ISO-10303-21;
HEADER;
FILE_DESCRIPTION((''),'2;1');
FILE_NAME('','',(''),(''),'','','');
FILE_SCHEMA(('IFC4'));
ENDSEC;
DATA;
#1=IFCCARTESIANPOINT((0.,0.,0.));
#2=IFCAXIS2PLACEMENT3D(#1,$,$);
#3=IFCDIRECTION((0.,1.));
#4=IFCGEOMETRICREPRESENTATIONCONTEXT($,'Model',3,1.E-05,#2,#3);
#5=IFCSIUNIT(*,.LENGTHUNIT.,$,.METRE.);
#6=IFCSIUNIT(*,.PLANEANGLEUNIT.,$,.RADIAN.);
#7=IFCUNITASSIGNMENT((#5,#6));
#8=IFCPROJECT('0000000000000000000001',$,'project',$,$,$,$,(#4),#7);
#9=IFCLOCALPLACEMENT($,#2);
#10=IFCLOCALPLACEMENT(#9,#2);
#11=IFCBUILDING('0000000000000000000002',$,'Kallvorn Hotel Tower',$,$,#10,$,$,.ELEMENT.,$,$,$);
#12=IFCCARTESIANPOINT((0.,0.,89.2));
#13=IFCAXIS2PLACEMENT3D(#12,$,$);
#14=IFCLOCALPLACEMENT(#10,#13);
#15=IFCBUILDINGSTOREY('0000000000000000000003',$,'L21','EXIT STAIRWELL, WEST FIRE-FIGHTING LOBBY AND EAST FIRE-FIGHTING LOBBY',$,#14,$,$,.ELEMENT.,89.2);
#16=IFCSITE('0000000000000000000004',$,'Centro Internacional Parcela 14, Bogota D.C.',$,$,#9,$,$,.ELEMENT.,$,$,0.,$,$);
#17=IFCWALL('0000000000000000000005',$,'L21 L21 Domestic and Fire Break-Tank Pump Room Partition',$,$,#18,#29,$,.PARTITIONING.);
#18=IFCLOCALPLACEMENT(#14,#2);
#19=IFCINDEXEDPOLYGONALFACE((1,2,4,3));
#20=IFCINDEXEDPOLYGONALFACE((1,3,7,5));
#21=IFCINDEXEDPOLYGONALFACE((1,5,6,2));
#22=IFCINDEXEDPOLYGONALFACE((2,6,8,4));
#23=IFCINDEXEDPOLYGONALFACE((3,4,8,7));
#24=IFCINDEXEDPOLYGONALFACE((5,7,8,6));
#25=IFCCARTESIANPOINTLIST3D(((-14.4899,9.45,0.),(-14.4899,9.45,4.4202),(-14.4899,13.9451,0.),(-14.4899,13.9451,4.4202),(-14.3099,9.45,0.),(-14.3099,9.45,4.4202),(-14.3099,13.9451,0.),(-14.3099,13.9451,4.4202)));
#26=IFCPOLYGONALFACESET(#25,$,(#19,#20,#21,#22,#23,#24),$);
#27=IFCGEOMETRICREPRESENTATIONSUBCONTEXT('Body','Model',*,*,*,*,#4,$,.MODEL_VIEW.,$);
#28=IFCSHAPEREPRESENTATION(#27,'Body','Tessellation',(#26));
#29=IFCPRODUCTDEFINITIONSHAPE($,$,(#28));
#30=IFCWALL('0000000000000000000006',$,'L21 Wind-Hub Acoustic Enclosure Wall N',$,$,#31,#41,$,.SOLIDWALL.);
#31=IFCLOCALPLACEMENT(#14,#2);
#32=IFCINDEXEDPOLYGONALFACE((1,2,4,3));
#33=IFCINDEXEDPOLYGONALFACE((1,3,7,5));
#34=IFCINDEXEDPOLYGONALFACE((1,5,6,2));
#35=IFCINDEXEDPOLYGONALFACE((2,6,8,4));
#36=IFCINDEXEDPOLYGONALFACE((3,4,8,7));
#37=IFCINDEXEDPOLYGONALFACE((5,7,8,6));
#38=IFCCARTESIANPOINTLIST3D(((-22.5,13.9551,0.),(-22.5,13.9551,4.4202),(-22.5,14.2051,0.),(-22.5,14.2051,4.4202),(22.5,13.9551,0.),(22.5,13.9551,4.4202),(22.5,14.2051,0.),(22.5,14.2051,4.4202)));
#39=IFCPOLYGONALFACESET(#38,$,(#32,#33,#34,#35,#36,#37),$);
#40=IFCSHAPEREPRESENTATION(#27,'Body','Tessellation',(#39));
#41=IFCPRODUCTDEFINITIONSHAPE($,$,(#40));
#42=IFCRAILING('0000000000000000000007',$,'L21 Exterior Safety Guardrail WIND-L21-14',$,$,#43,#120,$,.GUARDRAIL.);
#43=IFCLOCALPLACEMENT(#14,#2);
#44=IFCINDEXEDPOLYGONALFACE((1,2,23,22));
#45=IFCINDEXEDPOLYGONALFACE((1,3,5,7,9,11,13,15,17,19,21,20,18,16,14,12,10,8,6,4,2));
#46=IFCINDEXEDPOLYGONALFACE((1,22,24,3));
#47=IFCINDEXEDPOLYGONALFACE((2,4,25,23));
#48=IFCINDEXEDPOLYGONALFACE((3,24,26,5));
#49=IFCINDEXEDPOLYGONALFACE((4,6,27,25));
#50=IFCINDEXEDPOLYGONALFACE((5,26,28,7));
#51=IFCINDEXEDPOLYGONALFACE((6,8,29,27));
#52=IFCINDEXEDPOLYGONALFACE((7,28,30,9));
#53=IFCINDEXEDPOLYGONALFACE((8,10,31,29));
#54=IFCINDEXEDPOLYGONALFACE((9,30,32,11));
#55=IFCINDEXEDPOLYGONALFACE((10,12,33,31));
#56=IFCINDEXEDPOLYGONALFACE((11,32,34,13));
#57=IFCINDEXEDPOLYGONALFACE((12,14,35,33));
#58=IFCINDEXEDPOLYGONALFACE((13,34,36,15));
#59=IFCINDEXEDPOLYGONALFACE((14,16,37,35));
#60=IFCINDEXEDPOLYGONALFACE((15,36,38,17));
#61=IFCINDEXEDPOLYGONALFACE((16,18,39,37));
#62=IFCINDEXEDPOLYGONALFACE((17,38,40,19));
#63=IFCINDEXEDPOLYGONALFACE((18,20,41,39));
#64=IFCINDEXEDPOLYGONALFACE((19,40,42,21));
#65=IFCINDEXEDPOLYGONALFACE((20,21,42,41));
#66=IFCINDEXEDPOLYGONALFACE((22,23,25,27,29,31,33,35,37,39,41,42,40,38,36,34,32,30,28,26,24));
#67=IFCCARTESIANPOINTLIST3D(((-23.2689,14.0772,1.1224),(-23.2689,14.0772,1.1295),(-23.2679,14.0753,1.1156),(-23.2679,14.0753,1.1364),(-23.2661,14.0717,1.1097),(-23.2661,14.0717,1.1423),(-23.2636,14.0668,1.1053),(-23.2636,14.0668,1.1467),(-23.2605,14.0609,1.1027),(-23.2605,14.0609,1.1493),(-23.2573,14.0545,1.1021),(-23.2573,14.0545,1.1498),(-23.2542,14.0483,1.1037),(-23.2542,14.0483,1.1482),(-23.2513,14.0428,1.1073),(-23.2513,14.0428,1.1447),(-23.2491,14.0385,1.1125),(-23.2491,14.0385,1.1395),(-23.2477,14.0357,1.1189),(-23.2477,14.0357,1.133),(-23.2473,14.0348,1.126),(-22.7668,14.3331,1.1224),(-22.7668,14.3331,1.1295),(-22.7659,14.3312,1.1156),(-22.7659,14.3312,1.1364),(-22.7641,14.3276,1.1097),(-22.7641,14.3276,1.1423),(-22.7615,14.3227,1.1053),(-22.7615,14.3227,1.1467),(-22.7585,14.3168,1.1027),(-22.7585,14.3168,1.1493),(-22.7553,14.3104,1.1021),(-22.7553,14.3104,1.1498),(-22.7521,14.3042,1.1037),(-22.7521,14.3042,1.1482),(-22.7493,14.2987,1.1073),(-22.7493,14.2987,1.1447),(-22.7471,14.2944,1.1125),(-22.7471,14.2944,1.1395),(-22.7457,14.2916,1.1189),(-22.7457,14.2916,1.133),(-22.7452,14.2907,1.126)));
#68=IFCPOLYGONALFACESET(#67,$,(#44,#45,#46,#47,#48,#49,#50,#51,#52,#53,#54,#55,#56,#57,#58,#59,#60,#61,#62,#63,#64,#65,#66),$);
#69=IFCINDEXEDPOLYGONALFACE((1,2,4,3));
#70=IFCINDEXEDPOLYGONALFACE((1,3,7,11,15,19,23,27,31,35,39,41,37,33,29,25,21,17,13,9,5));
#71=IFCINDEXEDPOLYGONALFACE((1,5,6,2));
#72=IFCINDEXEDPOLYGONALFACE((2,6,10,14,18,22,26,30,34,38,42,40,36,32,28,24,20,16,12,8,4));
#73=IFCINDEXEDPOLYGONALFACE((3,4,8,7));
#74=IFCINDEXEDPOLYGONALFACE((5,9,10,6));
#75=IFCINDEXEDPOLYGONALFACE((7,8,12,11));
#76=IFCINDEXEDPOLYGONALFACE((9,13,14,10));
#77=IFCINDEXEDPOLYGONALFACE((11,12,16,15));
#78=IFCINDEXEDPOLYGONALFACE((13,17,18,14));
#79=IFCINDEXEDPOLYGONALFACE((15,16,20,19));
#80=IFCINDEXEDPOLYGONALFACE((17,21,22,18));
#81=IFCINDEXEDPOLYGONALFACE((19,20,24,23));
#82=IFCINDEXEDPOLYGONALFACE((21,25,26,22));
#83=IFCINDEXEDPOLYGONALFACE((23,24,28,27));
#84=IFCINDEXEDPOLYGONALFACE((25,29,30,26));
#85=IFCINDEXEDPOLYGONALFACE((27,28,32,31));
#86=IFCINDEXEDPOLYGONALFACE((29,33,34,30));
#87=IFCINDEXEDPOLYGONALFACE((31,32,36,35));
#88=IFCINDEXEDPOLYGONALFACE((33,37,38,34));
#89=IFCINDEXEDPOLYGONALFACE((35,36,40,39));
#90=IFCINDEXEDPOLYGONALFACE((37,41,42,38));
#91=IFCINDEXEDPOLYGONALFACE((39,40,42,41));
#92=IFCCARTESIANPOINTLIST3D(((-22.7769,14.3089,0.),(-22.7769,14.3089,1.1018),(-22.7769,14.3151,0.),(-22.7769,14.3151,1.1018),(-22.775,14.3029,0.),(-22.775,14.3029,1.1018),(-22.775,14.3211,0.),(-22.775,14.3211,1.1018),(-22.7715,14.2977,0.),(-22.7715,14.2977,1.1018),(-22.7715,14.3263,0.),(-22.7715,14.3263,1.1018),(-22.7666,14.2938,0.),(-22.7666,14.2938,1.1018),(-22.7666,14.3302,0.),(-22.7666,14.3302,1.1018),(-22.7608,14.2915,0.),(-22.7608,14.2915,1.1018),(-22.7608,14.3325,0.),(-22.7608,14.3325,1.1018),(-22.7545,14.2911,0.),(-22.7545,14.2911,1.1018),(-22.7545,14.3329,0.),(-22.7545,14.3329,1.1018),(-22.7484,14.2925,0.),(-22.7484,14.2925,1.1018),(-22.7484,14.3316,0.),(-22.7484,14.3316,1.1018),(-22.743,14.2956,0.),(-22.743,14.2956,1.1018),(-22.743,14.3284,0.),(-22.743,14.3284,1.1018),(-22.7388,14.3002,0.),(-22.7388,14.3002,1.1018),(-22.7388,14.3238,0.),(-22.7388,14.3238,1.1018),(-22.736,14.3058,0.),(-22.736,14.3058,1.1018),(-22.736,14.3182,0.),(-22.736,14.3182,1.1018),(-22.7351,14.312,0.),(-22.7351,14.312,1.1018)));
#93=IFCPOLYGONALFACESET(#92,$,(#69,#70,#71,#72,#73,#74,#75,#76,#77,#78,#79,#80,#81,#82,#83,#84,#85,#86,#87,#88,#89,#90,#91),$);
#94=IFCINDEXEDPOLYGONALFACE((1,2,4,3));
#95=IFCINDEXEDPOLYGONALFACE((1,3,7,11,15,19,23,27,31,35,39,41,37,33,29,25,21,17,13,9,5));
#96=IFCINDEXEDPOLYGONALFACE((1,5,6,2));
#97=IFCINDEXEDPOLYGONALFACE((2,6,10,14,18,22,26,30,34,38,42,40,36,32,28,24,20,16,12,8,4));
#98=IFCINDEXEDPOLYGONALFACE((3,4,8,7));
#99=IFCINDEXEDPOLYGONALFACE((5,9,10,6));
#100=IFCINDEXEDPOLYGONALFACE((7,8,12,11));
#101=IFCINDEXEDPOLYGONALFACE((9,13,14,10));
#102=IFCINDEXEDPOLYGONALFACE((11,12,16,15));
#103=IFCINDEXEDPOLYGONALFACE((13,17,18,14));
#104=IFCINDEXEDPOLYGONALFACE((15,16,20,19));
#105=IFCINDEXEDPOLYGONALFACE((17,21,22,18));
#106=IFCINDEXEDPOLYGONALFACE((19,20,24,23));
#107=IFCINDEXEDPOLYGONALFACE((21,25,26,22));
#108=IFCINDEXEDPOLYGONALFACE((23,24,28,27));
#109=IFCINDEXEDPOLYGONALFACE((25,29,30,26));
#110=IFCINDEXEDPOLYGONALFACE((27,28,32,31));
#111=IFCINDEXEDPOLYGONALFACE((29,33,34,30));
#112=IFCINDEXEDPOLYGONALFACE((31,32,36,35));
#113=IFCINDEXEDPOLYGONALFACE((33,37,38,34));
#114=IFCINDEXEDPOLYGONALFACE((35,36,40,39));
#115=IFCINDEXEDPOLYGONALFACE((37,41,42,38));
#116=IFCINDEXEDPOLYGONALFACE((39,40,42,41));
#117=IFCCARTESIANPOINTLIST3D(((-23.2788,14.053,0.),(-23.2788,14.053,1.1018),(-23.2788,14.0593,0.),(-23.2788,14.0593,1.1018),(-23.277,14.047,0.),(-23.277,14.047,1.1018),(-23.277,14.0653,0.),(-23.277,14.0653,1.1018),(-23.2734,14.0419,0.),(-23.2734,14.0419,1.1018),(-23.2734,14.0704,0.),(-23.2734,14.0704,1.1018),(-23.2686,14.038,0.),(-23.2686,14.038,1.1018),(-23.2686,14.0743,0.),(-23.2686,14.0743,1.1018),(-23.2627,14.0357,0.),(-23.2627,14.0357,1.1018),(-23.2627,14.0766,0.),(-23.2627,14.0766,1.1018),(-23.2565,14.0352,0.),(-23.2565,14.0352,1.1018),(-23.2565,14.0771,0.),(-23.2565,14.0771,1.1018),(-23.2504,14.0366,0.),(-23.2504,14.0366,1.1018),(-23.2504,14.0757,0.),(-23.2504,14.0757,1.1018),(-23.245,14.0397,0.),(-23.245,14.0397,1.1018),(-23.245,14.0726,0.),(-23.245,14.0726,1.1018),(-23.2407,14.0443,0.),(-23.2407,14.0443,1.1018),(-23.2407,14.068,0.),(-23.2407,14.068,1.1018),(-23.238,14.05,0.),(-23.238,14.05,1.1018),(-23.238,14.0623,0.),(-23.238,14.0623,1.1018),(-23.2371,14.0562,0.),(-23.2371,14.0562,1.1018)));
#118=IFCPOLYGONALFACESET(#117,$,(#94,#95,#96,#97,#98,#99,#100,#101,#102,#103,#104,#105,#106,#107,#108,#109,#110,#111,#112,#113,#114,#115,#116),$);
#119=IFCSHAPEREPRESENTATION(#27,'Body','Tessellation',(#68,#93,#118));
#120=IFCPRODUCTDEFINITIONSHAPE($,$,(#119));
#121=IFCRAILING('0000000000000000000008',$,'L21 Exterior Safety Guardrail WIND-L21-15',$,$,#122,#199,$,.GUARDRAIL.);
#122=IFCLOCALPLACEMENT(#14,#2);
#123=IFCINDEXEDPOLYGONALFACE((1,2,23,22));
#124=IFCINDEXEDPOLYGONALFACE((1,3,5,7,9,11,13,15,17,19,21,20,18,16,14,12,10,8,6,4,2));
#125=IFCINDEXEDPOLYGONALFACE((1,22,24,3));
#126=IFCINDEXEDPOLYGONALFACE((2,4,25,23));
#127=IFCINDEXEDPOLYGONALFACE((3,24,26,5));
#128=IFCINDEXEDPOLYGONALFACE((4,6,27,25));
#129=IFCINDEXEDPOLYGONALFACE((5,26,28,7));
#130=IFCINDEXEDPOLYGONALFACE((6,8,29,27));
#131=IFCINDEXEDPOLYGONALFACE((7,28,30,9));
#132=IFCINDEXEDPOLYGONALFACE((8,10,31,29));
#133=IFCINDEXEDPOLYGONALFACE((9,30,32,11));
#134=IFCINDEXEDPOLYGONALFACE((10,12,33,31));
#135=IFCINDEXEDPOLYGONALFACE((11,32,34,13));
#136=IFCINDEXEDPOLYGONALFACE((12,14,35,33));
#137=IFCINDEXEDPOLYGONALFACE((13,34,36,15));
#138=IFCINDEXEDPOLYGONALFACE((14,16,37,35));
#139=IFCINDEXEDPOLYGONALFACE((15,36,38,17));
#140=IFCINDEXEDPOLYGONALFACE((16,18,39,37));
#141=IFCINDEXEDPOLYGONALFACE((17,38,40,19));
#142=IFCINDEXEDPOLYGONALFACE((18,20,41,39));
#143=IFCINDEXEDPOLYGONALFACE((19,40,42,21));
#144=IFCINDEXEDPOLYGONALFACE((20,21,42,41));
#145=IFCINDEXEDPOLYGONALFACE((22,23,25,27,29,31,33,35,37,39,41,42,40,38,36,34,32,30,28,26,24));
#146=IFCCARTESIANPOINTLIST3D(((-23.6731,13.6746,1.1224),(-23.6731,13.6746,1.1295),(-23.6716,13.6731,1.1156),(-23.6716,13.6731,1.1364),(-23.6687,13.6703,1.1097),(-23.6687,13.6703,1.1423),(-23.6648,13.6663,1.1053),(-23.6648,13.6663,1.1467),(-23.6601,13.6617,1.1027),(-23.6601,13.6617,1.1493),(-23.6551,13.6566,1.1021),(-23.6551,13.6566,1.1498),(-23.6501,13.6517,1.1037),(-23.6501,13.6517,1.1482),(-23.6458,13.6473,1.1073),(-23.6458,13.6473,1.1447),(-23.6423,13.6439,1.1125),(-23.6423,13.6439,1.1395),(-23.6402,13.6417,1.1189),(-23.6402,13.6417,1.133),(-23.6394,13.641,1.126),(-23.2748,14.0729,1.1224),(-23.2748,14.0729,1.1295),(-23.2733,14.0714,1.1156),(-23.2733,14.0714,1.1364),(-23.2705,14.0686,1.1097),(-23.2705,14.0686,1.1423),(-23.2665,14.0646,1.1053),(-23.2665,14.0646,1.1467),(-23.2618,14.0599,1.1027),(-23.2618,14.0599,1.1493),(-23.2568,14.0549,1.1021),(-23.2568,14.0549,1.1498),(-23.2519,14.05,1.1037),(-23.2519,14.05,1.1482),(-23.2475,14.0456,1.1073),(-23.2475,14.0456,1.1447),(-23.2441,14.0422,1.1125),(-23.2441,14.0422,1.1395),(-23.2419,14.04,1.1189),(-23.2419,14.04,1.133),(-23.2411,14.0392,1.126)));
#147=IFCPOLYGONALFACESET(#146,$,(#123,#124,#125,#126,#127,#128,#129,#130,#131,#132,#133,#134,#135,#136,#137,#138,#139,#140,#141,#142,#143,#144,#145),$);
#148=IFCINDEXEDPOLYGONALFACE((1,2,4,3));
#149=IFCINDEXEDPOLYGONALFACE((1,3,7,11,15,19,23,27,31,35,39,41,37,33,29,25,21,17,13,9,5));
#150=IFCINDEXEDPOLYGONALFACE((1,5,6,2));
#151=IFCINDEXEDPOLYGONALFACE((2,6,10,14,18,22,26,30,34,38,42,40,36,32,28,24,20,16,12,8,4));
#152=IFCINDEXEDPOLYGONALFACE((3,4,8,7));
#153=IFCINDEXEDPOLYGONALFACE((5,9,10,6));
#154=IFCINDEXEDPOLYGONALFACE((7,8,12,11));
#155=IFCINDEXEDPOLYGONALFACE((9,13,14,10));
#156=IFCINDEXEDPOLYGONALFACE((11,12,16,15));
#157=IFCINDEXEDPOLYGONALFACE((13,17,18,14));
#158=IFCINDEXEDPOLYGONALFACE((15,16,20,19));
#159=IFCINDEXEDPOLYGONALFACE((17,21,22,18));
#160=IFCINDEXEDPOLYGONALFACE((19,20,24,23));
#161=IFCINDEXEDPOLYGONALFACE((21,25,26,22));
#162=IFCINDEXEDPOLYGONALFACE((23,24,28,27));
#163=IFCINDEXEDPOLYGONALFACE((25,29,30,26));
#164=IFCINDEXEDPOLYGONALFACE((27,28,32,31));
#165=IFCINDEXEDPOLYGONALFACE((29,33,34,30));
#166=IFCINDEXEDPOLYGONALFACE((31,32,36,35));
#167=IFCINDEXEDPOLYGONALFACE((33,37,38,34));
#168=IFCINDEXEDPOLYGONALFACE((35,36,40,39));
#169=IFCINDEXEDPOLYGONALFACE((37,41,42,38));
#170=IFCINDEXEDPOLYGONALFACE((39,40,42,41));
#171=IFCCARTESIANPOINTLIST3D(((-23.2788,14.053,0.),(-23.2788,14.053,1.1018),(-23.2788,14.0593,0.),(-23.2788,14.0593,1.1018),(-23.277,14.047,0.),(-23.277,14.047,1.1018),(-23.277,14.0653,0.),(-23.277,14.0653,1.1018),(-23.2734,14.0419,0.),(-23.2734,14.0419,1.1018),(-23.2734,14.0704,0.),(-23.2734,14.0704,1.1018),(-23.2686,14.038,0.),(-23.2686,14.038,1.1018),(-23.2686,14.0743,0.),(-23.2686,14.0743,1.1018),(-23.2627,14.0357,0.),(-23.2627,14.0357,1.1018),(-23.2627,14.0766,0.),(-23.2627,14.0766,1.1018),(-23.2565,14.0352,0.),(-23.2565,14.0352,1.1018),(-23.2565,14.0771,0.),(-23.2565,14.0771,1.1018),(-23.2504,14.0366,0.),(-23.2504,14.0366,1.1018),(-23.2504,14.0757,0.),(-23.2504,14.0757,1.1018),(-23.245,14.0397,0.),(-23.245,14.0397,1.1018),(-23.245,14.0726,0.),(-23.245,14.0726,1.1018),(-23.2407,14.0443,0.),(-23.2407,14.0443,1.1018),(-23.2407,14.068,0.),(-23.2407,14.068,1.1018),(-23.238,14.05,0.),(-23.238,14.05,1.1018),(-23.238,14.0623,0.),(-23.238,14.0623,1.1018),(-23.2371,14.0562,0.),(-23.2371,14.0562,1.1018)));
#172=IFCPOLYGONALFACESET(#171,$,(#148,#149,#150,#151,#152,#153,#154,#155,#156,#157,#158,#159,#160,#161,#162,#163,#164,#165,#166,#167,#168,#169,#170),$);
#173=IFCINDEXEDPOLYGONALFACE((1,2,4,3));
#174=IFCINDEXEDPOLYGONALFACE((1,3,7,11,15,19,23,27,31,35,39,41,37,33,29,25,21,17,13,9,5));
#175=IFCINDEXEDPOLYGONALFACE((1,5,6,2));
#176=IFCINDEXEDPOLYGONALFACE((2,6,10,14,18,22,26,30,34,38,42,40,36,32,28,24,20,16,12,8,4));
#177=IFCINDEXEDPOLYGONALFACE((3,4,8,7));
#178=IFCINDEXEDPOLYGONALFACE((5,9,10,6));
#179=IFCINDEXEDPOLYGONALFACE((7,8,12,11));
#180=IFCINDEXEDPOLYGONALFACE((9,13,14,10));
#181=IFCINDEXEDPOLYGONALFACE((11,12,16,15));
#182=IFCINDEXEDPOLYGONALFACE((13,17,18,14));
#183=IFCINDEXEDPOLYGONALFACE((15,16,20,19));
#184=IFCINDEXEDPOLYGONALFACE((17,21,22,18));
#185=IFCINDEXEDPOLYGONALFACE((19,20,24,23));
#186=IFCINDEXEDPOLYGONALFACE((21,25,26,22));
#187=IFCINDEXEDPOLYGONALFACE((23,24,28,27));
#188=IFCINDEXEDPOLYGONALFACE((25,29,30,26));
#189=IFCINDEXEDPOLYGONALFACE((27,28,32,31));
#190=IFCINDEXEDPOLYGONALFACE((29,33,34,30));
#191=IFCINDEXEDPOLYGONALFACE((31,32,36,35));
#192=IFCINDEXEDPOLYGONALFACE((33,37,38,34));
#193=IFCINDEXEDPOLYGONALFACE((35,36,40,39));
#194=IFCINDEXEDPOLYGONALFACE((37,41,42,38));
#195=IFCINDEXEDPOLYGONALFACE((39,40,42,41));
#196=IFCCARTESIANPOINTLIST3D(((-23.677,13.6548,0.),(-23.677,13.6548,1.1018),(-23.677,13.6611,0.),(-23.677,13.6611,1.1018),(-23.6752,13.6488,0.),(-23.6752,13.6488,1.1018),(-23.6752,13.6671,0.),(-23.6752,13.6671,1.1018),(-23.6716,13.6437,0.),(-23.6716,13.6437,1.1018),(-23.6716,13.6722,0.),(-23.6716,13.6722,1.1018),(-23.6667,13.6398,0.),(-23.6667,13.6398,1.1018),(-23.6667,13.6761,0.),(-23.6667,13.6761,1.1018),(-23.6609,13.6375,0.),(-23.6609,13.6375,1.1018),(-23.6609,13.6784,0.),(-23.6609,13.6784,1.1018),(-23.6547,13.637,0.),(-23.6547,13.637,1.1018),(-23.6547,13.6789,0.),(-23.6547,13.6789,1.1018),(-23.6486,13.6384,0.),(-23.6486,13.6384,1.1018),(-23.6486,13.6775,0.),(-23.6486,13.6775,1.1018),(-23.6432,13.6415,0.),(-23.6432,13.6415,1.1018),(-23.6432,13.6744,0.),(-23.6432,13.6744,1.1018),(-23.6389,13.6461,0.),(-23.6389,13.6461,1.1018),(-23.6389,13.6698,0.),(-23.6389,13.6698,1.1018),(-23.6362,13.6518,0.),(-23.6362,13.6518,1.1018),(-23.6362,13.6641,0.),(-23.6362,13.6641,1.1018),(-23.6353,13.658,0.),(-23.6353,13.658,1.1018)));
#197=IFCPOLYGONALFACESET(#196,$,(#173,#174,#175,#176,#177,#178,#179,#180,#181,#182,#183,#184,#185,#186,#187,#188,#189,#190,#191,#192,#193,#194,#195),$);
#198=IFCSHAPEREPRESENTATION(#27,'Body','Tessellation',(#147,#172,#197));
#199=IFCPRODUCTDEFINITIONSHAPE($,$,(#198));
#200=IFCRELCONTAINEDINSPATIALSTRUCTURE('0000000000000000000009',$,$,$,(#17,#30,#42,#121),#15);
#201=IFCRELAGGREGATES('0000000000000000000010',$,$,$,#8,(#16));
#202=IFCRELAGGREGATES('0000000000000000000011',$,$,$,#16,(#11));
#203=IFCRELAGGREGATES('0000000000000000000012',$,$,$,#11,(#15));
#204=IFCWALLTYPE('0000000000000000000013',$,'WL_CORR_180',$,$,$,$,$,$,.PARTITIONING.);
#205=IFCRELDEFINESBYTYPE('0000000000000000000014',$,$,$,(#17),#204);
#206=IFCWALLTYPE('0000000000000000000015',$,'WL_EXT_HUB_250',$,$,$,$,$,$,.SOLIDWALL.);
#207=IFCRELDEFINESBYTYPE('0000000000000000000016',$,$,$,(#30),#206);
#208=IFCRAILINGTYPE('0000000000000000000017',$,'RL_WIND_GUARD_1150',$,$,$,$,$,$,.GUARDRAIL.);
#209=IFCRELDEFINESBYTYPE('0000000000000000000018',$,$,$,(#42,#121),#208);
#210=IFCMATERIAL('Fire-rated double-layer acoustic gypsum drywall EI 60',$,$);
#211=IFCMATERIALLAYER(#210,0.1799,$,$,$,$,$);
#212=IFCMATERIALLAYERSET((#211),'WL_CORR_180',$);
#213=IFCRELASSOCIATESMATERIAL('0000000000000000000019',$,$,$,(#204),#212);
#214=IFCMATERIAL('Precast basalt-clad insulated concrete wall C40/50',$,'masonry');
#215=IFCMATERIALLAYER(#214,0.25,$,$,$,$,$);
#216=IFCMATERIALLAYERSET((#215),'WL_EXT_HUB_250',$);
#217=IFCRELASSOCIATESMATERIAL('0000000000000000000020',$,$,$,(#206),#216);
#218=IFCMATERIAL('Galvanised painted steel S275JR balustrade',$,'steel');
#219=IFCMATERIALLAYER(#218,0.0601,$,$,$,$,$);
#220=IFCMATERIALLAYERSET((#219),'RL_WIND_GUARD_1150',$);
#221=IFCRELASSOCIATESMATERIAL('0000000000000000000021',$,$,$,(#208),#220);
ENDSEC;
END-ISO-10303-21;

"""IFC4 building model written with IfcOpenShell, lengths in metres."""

from ifc_helpers import new_model, si_unit, direction, frame, frame_2d, origin, origin_2d, place, context, subcontext, project, spatial, rectangle, circle, extrude, material, layer, layer_set, type_object, element, save


model = new_model("IFC4")

# Units and contexts
model_context = context("Model", 3, precision=1e-05, world=origin(), true_north=direction((0.0, 1.0)))
body_context = subcontext(model_context, "Body", "Model", "MODEL_VIEW")
ifc_project = project(units=[si_unit("LENGTHUNIT", "METRE"), si_unit("PLANEANGLEUNIT", "RADIAN")], contexts=[model_context])

# Site, building, storey
site_placement = place(None, origin())
site = spatial("IfcSite", under=ifc_project, at=site_placement, Name="Centro Internacional Parcela 14, Bogota D.C.", CompositionType="ELEMENT", RefElevation=0.0)
building_placement = place(site_placement, origin())
building = spatial("IfcBuilding", under=site, at=building_placement, Name="Kallvorn Hotel Tower", CompositionType="ELEMENT")
storey_placement = place(building_placement, frame((0.0, 0.0, 89.2)))
storey = spatial("IfcBuildingStorey", under=building, at=storey_placement, Name="L21", Description="EXIT STAIRWELL, WEST FIRE-FIGHTING LOBBY AND EAST FIRE-FIGHTING LOBBY", CompositionType="ELEMENT", Elevation=89.2)

# Walls
ifc_material_1 = material(Name="Fire-rated double-layer acoustic gypsum drywall EI 60")
ifc_layer_1 = layer(ifc_material_1, 0.1799)
ifc_layer_set_1 = layer_set([ifc_layer_1], Name="WL_CORR_180")
wall_type_1 = type_object("IfcWallType", Name="WL_CORR_180", PredefinedType="PARTITIONING", material=ifc_layer_set_1)
wall_1_placement = place(storey_placement, frame((-14.3999, 9.45, 0.0), z_axis=(0.0, 0.0, 1.0), x_axis=(0.0, 1.0, 0.0)))
element("IfcWall", 1, at=wall_1_placement, inside=storey, type_object=wall_type_1, Name="L21 L21 Domestic and Fire Break-Tank Pump Room Partition", PredefinedType="PARTITIONING", context=body_context, shape_type="SweptSolid", body=[
    extrude(rectangle(XDim=4.4951, YDim=0.1799, at=frame_2d((2.2476, 0.0))), origin(), (0.0, 0.0, 1.0), 4.4202),
])
ifc_material_2 = material(Name="Precast basalt-clad insulated concrete wall C40/50", Category="masonry")
ifc_layer_2 = layer(ifc_material_2, 0.25)
ifc_layer_set_2 = layer_set([ifc_layer_2], Name="WL_EXT_HUB_250")
wall_type_2 = type_object("IfcWallType", Name="WL_EXT_HUB_250", PredefinedType="SOLIDWALL", material=ifc_layer_set_2)
wall_2_placement = place(storey_placement, frame((-22.5, 14.0801, 0.0), z_axis=(0.0, 0.0, 1.0), x_axis=(1.0, 0.0, 0.0)))
element("IfcWall", 2, at=wall_2_placement, inside=storey, type_object=wall_type_2, Name="L21 Wind-Hub Acoustic Enclosure Wall N", PredefinedType="SOLIDWALL", context=body_context, shape_type="SweptSolid", body=[
    extrude(rectangle(XDim=45.0, YDim=0.25, at=frame_2d((22.5, 0.0))), origin(), (0.0, 0.0, 1.0), 4.4202),
])

# Railings
ifc_material_3 = material(Name="Galvanised painted steel S275JR balustrade", Category="steel")
ifc_layer_3 = layer(ifc_material_3, 0.0601)
ifc_layer_set_3 = layer_set([ifc_layer_3], Name="RL_WIND_GUARD_1150")
railing_type = type_object("IfcRailingType", Name="RL_WIND_GUARD_1150", PredefinedType="GUARDRAIL", material=ifc_layer_set_3)
railing_1_placement = place(storey_placement, frame((-22.7561, 14.312, 0.0)))
element("IfcRailing", 3, at=railing_1_placement, inside=storey, type_object=railing_type, Name="L21 Exterior Safety Guardrail WIND-L21-14", PredefinedType="GUARDRAIL", context=body_context, shape_type="SweptSolid", body=[
    extrude(circle(Radius=0.0239, at=origin_2d()), frame((0.0, 0.0, 1.126), z_axis=(-0.890934, -0.454133, 0.0), x_axis=(0.454133, -0.890934, 0.0)), (0.0, 0.0, 1.0), 0.5635),
    extrude(circle(Radius=0.021, at=origin_2d()), origin(), (0.0, 0.0, 1.0), 1.1018),
    extrude(circle(Radius=0.021, at=origin_2d()), frame((-0.502, -0.2559, 0.0)), (0.0, 0.0, 1.0), 1.1018),
])
railing_2_placement = place(storey_placement, frame((-23.2581, 14.0562, 0.0)))
element("IfcRailing", 4, at=railing_2_placement, inside=storey, type_object=railing_type, Name="L21 Exterior Safety Guardrail WIND-L21-15", PredefinedType="GUARDRAIL", context=body_context, shape_type="SweptSolid", body=[
    extrude(circle(Radius=0.0239, at=origin_2d()), frame((0.0, 0.0, 1.126), z_axis=(-0.707107, -0.707107, 0.0), x_axis=(0.707107, -0.707107, 0.0)), (0.0, 0.0, 1.0), 0.5632),
    extrude(circle(Radius=0.021, at=origin_2d()), origin(), (0.0, 0.0, 1.0), 1.1018),
    extrude(circle(Radius=0.021, at=origin_2d()), frame((-0.3982, -0.3982, 0.0)), (0.0, 0.0, 1.0), 1.1018),
])

save(model, "model.ifc")
